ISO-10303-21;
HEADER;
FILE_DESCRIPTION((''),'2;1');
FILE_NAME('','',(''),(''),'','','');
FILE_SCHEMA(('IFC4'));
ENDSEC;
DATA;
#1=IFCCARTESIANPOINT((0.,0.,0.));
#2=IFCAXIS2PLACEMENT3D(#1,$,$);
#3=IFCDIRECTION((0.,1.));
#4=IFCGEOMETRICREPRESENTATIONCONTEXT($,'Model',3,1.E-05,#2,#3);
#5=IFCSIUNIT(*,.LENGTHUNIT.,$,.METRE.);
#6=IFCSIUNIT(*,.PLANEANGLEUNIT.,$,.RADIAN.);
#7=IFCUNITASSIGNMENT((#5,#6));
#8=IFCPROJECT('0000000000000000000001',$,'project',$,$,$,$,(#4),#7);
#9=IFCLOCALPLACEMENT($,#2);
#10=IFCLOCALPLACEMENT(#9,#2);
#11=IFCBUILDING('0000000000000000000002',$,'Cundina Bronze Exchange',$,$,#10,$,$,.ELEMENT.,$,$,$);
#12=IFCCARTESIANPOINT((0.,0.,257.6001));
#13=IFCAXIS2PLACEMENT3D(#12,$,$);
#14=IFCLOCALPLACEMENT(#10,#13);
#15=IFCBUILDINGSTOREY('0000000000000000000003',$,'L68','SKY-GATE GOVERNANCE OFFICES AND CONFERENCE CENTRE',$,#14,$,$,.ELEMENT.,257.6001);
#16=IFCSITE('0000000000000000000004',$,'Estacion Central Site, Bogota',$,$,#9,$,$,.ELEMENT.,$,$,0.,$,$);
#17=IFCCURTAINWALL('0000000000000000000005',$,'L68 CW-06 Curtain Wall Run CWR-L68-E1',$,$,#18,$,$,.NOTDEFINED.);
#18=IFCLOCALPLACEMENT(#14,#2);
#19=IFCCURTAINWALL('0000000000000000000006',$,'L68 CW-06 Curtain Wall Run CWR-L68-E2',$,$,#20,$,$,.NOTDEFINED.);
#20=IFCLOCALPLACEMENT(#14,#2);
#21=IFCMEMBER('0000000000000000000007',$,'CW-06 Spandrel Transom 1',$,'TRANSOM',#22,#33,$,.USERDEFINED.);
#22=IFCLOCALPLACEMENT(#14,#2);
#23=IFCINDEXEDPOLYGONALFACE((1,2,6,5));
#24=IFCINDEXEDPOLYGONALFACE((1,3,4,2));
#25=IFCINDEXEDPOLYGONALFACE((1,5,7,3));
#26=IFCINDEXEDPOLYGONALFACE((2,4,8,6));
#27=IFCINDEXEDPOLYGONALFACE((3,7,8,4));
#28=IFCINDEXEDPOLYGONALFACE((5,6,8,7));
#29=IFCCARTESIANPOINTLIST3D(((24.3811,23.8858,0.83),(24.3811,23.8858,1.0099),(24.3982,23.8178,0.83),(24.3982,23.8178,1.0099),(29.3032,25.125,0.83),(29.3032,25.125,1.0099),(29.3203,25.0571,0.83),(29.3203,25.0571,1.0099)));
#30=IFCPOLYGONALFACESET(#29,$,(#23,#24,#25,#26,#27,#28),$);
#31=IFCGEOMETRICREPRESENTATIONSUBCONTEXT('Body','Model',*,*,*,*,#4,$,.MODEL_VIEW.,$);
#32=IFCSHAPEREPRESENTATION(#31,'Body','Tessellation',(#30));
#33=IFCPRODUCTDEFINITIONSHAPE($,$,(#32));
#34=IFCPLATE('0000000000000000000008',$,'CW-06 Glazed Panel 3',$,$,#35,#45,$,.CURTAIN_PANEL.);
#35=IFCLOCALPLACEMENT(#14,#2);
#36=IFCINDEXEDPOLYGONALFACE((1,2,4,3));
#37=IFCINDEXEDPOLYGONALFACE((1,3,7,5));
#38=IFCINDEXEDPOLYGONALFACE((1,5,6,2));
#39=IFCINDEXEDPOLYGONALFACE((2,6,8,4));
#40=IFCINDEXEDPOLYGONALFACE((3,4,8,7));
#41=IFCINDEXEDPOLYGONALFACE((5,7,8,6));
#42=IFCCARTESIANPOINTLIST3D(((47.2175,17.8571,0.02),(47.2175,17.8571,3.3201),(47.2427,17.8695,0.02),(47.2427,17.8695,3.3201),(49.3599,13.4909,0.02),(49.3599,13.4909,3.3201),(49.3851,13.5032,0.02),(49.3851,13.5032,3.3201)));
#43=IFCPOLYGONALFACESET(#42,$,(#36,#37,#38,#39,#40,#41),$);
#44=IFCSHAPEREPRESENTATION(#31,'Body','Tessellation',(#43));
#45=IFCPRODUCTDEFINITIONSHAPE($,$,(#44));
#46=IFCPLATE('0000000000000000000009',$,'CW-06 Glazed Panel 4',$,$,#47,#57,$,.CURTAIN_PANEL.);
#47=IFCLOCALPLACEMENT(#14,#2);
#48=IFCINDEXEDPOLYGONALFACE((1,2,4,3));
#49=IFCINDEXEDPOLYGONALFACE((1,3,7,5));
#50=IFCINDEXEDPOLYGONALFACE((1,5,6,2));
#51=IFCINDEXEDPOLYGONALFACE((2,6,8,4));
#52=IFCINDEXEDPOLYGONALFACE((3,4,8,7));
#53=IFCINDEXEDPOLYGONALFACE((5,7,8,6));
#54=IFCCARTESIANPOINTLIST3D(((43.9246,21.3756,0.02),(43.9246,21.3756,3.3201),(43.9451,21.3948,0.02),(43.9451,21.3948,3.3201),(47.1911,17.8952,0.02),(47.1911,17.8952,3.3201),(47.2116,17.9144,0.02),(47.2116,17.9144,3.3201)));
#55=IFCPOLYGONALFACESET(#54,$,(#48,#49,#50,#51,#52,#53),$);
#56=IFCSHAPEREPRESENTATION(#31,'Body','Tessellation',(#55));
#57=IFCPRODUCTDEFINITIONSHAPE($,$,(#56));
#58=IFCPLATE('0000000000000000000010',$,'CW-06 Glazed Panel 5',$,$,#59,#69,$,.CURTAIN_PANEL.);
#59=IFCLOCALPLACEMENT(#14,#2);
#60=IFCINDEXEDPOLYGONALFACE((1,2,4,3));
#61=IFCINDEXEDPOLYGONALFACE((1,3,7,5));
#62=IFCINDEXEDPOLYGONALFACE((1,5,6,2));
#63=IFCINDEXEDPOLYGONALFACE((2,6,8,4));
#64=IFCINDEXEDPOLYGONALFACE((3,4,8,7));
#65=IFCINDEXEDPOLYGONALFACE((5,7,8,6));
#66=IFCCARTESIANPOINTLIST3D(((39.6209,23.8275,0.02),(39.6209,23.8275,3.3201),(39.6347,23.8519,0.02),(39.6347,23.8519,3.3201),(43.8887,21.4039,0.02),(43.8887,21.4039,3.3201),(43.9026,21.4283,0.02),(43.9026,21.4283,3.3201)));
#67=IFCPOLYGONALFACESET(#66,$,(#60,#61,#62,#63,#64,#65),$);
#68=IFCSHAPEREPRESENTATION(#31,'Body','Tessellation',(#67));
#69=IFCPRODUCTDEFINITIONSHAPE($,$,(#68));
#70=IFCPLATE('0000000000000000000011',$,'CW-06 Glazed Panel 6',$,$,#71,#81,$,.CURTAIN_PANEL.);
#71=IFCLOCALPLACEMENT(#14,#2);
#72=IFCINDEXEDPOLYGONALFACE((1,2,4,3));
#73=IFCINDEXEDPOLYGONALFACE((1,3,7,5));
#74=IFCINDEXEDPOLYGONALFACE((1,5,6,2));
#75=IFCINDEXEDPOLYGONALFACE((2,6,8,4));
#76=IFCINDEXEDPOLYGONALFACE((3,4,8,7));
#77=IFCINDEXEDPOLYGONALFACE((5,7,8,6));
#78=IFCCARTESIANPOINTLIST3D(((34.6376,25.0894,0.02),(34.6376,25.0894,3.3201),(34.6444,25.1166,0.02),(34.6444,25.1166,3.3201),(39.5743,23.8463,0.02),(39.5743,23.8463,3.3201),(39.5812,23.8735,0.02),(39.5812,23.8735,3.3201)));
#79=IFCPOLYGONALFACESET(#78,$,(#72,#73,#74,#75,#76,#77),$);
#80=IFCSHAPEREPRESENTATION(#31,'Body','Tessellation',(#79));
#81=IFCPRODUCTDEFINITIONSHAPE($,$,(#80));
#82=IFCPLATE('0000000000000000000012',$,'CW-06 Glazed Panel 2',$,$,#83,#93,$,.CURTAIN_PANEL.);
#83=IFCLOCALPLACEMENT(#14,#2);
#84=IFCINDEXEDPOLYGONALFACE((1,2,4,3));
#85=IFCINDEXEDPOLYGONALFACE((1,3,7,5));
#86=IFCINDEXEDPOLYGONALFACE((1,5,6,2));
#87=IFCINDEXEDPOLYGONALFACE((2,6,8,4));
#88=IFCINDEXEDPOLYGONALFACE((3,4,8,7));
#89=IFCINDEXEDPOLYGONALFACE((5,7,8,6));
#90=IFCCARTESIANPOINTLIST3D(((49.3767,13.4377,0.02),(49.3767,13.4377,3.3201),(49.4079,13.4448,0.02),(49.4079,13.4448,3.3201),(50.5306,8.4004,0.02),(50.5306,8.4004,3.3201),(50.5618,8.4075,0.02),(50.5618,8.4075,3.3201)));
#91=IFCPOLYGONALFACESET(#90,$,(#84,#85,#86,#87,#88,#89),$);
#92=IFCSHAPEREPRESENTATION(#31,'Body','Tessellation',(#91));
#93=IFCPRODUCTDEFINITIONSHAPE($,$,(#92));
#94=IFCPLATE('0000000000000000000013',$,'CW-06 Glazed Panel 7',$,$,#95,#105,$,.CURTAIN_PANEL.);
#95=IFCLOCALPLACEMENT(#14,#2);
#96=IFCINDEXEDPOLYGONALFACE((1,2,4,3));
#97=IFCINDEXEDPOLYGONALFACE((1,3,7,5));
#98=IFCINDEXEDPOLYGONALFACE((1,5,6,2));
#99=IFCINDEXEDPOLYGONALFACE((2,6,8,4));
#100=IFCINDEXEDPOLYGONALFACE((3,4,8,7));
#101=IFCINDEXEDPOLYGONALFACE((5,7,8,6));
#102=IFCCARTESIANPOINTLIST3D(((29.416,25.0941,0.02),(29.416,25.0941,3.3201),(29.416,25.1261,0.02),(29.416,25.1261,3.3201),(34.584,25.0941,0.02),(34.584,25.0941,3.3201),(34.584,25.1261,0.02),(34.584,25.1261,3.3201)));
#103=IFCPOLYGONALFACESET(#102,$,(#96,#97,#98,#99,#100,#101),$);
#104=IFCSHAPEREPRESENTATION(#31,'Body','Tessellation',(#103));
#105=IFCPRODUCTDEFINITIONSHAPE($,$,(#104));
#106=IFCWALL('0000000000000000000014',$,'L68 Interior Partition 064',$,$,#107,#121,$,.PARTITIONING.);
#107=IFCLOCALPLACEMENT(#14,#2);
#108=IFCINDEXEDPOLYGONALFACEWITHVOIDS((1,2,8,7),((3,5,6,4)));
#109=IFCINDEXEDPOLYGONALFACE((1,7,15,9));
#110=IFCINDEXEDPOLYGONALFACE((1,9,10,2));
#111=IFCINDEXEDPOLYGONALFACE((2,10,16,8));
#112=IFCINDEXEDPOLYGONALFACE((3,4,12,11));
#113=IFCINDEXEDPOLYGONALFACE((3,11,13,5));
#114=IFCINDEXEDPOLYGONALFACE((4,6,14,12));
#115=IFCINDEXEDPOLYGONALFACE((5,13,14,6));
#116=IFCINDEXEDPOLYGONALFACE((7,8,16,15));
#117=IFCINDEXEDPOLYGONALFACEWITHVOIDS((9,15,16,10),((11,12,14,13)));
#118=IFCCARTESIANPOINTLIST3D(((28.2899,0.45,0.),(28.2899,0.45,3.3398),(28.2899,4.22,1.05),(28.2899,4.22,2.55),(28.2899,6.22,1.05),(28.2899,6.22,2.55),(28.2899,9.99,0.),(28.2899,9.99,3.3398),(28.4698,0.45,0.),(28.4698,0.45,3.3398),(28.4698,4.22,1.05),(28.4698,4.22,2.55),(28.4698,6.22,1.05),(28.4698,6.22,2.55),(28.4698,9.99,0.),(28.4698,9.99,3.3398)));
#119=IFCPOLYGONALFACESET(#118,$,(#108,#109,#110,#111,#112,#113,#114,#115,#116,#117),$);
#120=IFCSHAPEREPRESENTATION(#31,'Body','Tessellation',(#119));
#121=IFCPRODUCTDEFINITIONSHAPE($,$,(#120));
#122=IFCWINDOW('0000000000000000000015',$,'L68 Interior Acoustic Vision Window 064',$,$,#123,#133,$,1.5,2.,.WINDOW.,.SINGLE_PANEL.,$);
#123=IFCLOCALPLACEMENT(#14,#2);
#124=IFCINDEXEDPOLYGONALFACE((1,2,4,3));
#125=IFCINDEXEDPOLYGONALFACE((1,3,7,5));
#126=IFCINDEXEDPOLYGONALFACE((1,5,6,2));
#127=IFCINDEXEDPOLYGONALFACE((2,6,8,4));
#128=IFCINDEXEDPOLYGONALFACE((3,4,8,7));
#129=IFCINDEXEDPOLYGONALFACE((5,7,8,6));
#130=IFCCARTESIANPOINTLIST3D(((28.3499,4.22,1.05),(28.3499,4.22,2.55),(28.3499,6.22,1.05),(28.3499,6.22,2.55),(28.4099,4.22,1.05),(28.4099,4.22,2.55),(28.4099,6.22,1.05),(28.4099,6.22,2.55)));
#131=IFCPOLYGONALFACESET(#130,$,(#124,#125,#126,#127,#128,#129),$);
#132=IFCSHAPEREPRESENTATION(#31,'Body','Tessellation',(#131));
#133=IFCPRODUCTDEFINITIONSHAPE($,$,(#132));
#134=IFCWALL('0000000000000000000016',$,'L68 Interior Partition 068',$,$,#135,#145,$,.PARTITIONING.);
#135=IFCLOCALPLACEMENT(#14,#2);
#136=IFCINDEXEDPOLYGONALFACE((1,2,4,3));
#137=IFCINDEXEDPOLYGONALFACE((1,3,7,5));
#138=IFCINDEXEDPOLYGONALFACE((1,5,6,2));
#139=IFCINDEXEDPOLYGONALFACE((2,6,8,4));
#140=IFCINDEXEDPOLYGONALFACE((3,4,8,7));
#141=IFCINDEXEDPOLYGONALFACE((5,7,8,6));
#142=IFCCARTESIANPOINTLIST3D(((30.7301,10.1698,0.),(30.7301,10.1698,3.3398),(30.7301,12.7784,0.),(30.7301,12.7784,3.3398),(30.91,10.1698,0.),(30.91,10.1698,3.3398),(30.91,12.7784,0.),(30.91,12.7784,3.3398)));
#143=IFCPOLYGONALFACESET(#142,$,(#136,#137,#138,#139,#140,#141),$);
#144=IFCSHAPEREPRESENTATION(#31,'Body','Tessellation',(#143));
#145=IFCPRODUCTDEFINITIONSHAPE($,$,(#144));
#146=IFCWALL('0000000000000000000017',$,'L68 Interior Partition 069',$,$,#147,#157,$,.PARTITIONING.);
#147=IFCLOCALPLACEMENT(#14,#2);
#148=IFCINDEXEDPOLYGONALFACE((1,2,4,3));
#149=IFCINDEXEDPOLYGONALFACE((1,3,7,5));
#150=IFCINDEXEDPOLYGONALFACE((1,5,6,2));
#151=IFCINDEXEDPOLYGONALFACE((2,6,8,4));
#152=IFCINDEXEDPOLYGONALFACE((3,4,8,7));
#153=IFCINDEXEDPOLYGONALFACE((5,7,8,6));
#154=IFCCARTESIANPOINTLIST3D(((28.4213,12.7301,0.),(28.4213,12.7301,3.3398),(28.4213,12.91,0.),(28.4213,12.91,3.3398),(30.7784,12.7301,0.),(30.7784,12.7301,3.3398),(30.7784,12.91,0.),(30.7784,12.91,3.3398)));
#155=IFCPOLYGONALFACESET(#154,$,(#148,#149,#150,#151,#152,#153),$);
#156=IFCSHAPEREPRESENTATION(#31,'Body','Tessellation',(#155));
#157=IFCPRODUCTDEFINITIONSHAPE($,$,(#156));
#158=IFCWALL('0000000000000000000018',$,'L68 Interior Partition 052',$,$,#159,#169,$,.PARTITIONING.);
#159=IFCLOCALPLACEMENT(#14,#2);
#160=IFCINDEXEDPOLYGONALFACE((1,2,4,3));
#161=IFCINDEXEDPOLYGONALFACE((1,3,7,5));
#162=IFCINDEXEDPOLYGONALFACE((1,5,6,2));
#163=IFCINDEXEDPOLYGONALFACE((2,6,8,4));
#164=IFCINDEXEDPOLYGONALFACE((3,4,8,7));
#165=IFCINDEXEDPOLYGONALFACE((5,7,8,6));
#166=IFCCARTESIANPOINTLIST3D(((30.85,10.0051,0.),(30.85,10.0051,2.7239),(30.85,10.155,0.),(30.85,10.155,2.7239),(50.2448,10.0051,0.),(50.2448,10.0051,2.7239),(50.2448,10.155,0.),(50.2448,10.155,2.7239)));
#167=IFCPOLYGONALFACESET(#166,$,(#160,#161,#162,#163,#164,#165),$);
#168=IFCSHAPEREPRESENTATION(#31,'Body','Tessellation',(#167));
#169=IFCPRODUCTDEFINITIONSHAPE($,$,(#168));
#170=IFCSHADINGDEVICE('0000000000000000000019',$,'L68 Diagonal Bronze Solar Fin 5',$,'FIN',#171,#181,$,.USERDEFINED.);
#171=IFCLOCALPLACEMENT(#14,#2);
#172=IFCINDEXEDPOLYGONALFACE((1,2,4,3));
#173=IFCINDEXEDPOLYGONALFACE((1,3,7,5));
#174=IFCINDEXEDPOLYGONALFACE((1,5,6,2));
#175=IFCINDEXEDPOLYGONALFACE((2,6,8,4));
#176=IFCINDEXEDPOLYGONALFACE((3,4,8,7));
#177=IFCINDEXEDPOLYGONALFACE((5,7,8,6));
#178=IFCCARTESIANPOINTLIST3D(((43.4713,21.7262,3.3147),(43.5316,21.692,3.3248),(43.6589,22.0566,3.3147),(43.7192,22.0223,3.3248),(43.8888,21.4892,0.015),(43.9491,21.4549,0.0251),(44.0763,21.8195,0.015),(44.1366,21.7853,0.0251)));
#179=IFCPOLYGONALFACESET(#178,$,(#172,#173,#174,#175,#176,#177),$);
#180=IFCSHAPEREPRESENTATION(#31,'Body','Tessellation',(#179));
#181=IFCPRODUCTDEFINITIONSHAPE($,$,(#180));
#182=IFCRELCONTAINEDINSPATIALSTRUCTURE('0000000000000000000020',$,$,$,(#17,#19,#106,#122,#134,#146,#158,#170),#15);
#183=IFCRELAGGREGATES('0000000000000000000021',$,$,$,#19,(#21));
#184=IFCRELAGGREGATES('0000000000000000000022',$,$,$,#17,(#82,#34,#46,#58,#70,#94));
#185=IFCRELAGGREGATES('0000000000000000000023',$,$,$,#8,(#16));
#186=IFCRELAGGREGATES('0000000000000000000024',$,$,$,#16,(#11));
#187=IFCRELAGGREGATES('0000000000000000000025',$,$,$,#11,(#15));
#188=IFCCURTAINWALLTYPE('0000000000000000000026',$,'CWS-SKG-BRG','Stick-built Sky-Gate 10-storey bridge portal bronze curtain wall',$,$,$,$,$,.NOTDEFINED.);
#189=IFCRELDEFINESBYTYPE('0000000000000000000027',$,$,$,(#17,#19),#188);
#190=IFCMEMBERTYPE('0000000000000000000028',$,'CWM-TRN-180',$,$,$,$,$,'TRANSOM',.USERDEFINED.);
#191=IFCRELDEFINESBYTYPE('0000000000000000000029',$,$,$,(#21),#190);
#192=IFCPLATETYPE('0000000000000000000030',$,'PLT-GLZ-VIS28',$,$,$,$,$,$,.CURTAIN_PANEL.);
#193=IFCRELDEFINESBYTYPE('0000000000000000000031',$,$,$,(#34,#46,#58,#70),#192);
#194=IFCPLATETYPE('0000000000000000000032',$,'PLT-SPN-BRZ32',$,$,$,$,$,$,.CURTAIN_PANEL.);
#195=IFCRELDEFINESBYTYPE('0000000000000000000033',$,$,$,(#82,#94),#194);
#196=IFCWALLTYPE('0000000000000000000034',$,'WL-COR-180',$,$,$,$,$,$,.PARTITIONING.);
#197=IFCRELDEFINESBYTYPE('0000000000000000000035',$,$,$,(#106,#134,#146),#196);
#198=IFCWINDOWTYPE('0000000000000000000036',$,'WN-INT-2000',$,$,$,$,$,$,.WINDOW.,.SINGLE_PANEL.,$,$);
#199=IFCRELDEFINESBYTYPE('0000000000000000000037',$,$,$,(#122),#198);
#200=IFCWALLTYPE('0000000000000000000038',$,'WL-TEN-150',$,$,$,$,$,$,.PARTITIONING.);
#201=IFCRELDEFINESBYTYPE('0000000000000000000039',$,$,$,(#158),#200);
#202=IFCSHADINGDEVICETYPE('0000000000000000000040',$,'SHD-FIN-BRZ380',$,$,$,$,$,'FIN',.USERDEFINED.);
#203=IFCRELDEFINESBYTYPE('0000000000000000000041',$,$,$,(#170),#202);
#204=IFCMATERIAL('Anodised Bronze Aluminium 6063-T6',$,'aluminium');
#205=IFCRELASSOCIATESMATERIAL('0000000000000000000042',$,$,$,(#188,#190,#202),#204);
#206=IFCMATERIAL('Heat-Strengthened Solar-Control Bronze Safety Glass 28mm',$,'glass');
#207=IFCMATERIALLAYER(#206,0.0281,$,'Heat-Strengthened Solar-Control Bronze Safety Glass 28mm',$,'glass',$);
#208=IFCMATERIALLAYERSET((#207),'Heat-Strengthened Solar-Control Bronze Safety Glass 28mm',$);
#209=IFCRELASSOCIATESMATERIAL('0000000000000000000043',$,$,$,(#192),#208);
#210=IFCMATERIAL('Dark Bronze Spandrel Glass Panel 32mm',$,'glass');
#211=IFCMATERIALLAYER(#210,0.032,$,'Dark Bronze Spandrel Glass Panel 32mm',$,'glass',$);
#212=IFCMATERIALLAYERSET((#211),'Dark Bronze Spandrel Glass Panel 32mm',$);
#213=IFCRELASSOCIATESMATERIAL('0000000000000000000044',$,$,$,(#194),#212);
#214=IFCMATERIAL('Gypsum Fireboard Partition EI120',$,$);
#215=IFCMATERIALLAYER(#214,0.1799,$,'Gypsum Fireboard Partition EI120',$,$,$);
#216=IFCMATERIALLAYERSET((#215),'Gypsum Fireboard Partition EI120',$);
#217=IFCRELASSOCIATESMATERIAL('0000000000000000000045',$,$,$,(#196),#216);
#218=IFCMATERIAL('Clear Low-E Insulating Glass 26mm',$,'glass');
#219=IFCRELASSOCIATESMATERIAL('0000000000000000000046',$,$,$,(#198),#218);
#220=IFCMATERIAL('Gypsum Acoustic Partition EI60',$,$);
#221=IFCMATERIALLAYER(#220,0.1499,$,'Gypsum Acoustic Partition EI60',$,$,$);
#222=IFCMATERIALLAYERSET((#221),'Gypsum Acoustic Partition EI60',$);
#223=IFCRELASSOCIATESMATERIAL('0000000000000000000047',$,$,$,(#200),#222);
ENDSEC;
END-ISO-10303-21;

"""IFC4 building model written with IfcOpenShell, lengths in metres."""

from ifc_helpers import new_model, si_unit, direction, frame, frame_2d, origin, origin_2d, place, context, subcontext, project, spatial, rectangle, extrude, material, layer, layer_set, material_profile, profile_set, type_object, element, fill, aggregate, save


model = new_model("IFC4")

# Units and contexts
model_context = context("Model", 3, precision=1e-05, world=origin(), true_north=direction((0.0, 1.0)))
body_context = subcontext(model_context, "Body", "Model", "MODEL_VIEW")
ifc_project = project(units=[si_unit("LENGTHUNIT", "METRE"), si_unit("PLANEANGLEUNIT", "RADIAN")], contexts=[model_context])

# Site, building, storey
site_placement = place(None, origin())
site = spatial("IfcSite", under=ifc_project, at=site_placement, Name="Estacion Central Site, Bogota", CompositionType="ELEMENT", RefElevation=0.0)
building_placement = place(site_placement, origin())
building = spatial("IfcBuilding", under=site, at=building_placement, Name="Cundina Bronze Exchange", CompositionType="ELEMENT")
storey_placement = place(building_placement, frame((0.0, 0.0, 257.6001)))
storey = spatial("IfcBuildingStorey", under=building, at=storey_placement, Name="L68", Description="SKY-GATE GOVERNANCE OFFICES AND CONFERENCE CENTRE", CompositionType="ELEMENT", Elevation=257.6001)

# Curtain wall
ifc_material_1 = material(Name="Anodised Bronze Aluminium 6063-T6", Category="aluminium")
curtain_wall_type = type_object("IfcCurtainWallType", Name="CWS-SKG-BRG", Description="Stick-built Sky-Gate 10-storey bridge portal bronze curtain wall", PredefinedType="NOTDEFINED", material=ifc_material_1)
curtain_wall_1_placement = place(storey_placement, origin())
curtain_wall_1 = element("IfcCurtainWall", 1, at=curtain_wall_1_placement, inside=storey, type_object=curtain_wall_type, Name="L68 CW-06 Curtain Wall Run CWR-L68-E1", PredefinedType="NOTDEFINED")

# Curtain wall
curtain_wall_2_placement = place(storey_placement, origin())
curtain_wall_2 = element("IfcCurtainWall", 2, at=curtain_wall_2_placement, inside=storey, type_object=curtain_wall_type, Name="L68 CW-06 Curtain Wall Run CWR-L68-E2", PredefinedType="NOTDEFINED")

# Member
ifc_material_profile_1 = material_profile(ifc_material_1, rectangle(XDim=0.0701, YDim=0.1799, at=origin_2d()), Name="AL70X180", Category="aluminium")
ifc_profile_set_1 = profile_set([ifc_material_profile_1], Name="Anodised Bronze Aluminium 6063-T6")
member_type_1 = type_object("IfcMemberType", Name="CWM-TRN-180", ElementType="TRANSOM", PredefinedType="USERDEFINED", material=ifc_profile_set_1)
member_1_placement = place(storey_placement, frame((29.3118, 25.0911, 0.9199), z_axis=(-0.969737, -0.244154, 0.0), x_axis=(0.244154, -0.969737, 0.0)))
member_1 = element("IfcMember", 3, at=member_1_placement, type_object=member_type_1, Name="CW-06 Spandrel Transom 1", ObjectType="TRANSOM", PredefinedType="USERDEFINED", context=body_context, shape_type="SweptSolid", body=[
    extrude(rectangle(XDim=0.0701, YDim=0.1799, at=origin_2d()), origin(), (0.0, 0.0, 1.0), 5.0757),
])
aggregate(curtain_wall_2, [member_1])

# Plates
ifc_material_2 = material(Name="Heat-Strengthened Solar-Control Bronze Safety Glass 28mm", Category="glass")
ifc_layer_1 = layer(ifc_material_2, 0.0281, Name="Heat-Strengthened Solar-Control Bronze Safety Glass 28mm", Category="glass")
ifc_layer_set_1 = layer_set([ifc_layer_1], Name="Heat-Strengthened Solar-Control Bronze Safety Glass 28mm")
plate_type_1 = type_object("IfcPlateType", Name="PLT-GLZ-VIS28", PredefinedType="CURTAIN_PANEL", material=ifc_layer_set_1)
plate_1_placement = place(storey_placement, frame((48.3013, 15.6802, 0.02), z_axis=(0.0, 0.0, 1.0), x_axis=(-0.440503, 0.897751, 0.0)))
plate_1 = element("IfcPlate", 4, at=plate_1_placement, type_object=plate_type_1, Name="CW-06 Glazed Panel 3", PredefinedType="CURTAIN_PANEL", context=body_context, shape_type="SweptSolid", body=[
    extrude(rectangle(XDim=4.8635, YDim=0.0281, at=origin_2d()), origin(), (0.0, 0.0, 1.0), 3.3),
])
plate_2_placement = place(storey_placement, frame((45.5681, 19.645, 0.02), z_axis=(0.0, 0.0, 1.0), x_axis=(-0.684344, 0.72916, 0.0)))
plate_2 = element("IfcPlate", 5, at=plate_2_placement, type_object=plate_type_1, Name="CW-06 Glazed Panel 4", PredefinedType="CURTAIN_PANEL", context=body_context, shape_type="SweptSolid", body=[
    extrude(rectangle(XDim=4.7732, YDim=0.0281, at=origin_2d()), origin(), (0.0, 0.0, 1.0), 3.3),
])
plate_3_placement = place(storey_placement, frame((41.7617, 22.6279, 0.02), z_axis=(0.0, 0.0, 1.0), x_axis=(-0.869573, 0.493805, 0.0)))
plate_3 = element("IfcPlate", 6, at=plate_3_placement, type_object=plate_type_1, Name="CW-06 Glazed Panel 5", PredefinedType="CURTAIN_PANEL", context=body_context, shape_type="SweptSolid", body=[
    extrude(rectangle(XDim=4.908, YDim=0.0281, at=origin_2d()), origin(), (0.0, 0.0, 1.0), 3.3),
])
plate_4_placement = place(storey_placement, frame((37.1094, 24.4814, 0.02), z_axis=(0.0, 0.0, 1.0), x_axis=(-0.969732, 0.244174, 0.0)))
plate_4 = element("IfcPlate", 7, at=plate_4_placement, type_object=plate_type_1, Name="CW-06 Glazed Panel 6", PredefinedType="CURTAIN_PANEL", context=body_context, shape_type="SweptSolid", body=[
    extrude(rectangle(XDim=5.0908, YDim=0.0281, at=origin_2d()), origin(), (0.0, 0.0, 1.0), 3.3),
])
ifc_material_3 = material(Name="Dark Bronze Spandrel Glass Panel 32mm", Category="glass")
ifc_layer_2 = layer(ifc_material_3, 0.032, Name="Dark Bronze Spandrel Glass Panel 32mm", Category="glass")
ifc_layer_set_2 = layer_set([ifc_layer_2], Name="Dark Bronze Spandrel Glass Panel 32mm")
plate_type_2 = type_object("IfcPlateType", Name="PLT-SPN-BRZ32", PredefinedType="CURTAIN_PANEL", material=ifc_layer_set_2)
plate_5_placement = place(storey_placement, frame((49.9692, 10.9226, 0.02), z_axis=(0.0, 0.0, 1.0), x_axis=(-0.223284, 0.974753, 0.0)))
plate_5 = element("IfcPlate", 8, at=plate_5_placement, type_object=plate_type_2, Name="CW-06 Glazed Panel 2", PredefinedType="CURTAIN_PANEL", context=body_context, shape_type="SweptSolid", body=[
    extrude(rectangle(XDim=5.1677, YDim=0.032, at=origin_2d()), origin(), (0.0, 0.0, 1.0), 3.3),
])
plate_6_placement = place(storey_placement, frame((32.0, 25.1101, 0.02), z_axis=(0.0, 0.0, 1.0), x_axis=(-1.0, 0.0, 0.0)))
plate_6 = element("IfcPlate", 9, at=plate_6_placement, type_object=plate_type_2, Name="CW-06 Glazed Panel 7", PredefinedType="CURTAIN_PANEL", context=body_context, shape_type="SweptSolid", body=[
    extrude(rectangle(XDim=5.168, YDim=0.032, at=origin_2d()), origin(), (0.0, 0.0, 1.0), 3.3),
])
aggregate(curtain_wall_1, [plate_5, plate_1, plate_2, plate_3, plate_4, plate_6])

# Wall, opening, window
ifc_material_4 = material(Name="Gypsum Fireboard Partition EI120")
ifc_layer_3 = layer(ifc_material_4, 0.1799, Name="Gypsum Fireboard Partition EI120")
ifc_layer_set_3 = layer_set([ifc_layer_3], Name="Gypsum Fireboard Partition EI120")
wall_type_1 = type_object("IfcWallType", Name="WL-COR-180", PredefinedType="PARTITIONING", material=ifc_layer_set_3)
wall_1_placement = place(storey_placement, frame((28.3799, 9.99, 0.0), z_axis=(0.0, 0.0, 1.0), x_axis=(0.0, -1.0, 0.0)))
wall_1 = element("IfcWall", 10, at=wall_1_placement, inside=storey, type_object=wall_type_1, Name="L68 Interior Partition 064", PredefinedType="PARTITIONING", context=body_context, shape_type="SweptSolid", body=[
    extrude(rectangle(XDim=9.54, YDim=0.1799, at=frame_2d((4.77, 0.0))), origin(), (0.0, 0.0, 1.0), 3.3398),
])
opening_1_placement = place(wall_1_placement, frame((3.77, 0.0, 1.05)))
opening_1 = element("IfcOpeningElement", 11, at=opening_1_placement, cuts=wall_1, PredefinedType="OPENING", context=body_context, shape_type="SweptSolid", body=[
    extrude(rectangle(XDim=2.0, YDim=1.5, at=frame_2d((1.0, 0.75))), frame((0.0, 0.0999, 0.0), z_axis=(0.0, -1.0, 0.0), x_axis=(1.0, 0.0, 0.0)), (0.0, 0.0, 1.0), 0.2),
])
ifc_material_5 = material(Name="Clear Low-E Insulating Glass 26mm", Category="glass")
window_type = type_object("IfcWindowType", Name="WN-INT-2000", PartitioningType="SINGLE_PANEL", PredefinedType="WINDOW", material=ifc_material_5)
window_placement = place(opening_1_placement, origin())
window = element("IfcWindow", 12, at=window_placement, inside=storey, type_object=window_type, Name="L68 Interior Acoustic Vision Window 064", OverallHeight=1.5, OverallWidth=2.0, PartitioningType="SINGLE_PANEL", PredefinedType="WINDOW", context=body_context, shape_type="SweptSolid", body=[
    extrude(rectangle(XDim=2.0, YDim=1.5, at=frame_2d((1.0, 0.75))), frame((0.0, 0.03, 0.0), z_axis=(0.0, -1.0, 0.0), x_axis=(1.0, 0.0, 0.0)), (0.0, 0.0, 1.0), 0.0601),
])
fill(opening_1, window)

# Walls
wall_2_placement = place(storey_placement, frame((30.8201, 10.1699, 0.0), z_axis=(0.0, 0.0, 1.0), x_axis=(0.0, 1.0, 0.0)))
element("IfcWall", 13, at=wall_2_placement, inside=storey, type_object=wall_type_1, Name="L68 Interior Partition 068", PredefinedType="PARTITIONING", context=body_context, shape_type="SweptSolid", body=[
    extrude(rectangle(XDim=2.6086, YDim=0.1799, at=frame_2d((1.3042, 0.0))), origin(), (0.0, 0.0, 1.0), 3.3398),
])
wall_3_placement = place(storey_placement, frame((30.7786, 12.8201, 0.0), z_axis=(0.0, 0.0, 1.0), x_axis=(-1.0, 0.0, 0.0)))
element("IfcWall", 14, at=wall_3_placement, inside=storey, type_object=wall_type_1, Name="L68 Interior Partition 069", PredefinedType="PARTITIONING", context=body_context, shape_type="SweptSolid", body=[
    extrude(rectangle(XDim=2.3572, YDim=0.1799, at=frame_2d((1.1787, 0.0))), origin(), (0.0, 0.0, 1.0), 3.3398),
])
ifc_material_6 = material(Name="Gypsum Acoustic Partition EI60")
ifc_layer_4 = layer(ifc_material_6, 0.1499, Name="Gypsum Acoustic Partition EI60")
ifc_layer_set_4 = layer_set([ifc_layer_4], Name="Gypsum Acoustic Partition EI60")
wall_type_2 = type_object("IfcWallType", Name="WL-TEN-150", PredefinedType="PARTITIONING", material=ifc_layer_set_4)
wall_4_placement = place(storey_placement, frame((30.8501, 10.0801, 0.0), z_axis=(0.0, 0.0, 1.0), x_axis=(1.0, 0.0, 0.0)))
element("IfcWall", 15, at=wall_4_placement, inside=storey, type_object=wall_type_2, Name="L68 Interior Partition 052", PredefinedType="PARTITIONING", context=body_context, shape_type="SweptSolid", body=[
    extrude(rectangle(XDim=19.3948, YDim=0.1499, at=frame_2d((9.6973, 0.0))), origin(), (0.0, 0.0, 1.0), 2.7239),
])

# Shading device
ifc_material_profile_2 = material_profile(ifc_material_1, rectangle(XDim=0.0701, YDim=0.3799, at=origin_2d()), Name="FIN70X380", Category="aluminium")
ifc_profile_set_2 = profile_set([ifc_material_profile_2], Name="Anodised Bronze Aluminium 6063-T6")
shading_device_type = type_object("IfcShadingDeviceType", Name="SHD-FIN-BRZ380", ElementType="FIN", PredefinedType="USERDEFINED", material=ifc_profile_set_2)
for number, where, z_axis, x_axis, name in (
    (16, (44.0127, 21.6372, 0.02), (-0.125199, 0.071092, 0.989581), (0.860526, -0.488638, 0.143975), "L68 Diagonal Bronze Solar Fin 5"),
):
    element("IfcShadingDevice", number, at=place(storey_placement, frame(where, z_axis=z_axis, x_axis=x_axis)), inside=storey, type_object=shading_device_type, Name=name, ObjectType="FIN", PredefinedType="USERDEFINED", context=body_context, shape_type="SweptSolid", body=[
        extrude(rectangle(XDim=0.0701, YDim=0.3799, at=origin_2d()), origin(), (0.0, 0.0, 1.0), 3.3345),
    ])

save(model, "model.ifc")
